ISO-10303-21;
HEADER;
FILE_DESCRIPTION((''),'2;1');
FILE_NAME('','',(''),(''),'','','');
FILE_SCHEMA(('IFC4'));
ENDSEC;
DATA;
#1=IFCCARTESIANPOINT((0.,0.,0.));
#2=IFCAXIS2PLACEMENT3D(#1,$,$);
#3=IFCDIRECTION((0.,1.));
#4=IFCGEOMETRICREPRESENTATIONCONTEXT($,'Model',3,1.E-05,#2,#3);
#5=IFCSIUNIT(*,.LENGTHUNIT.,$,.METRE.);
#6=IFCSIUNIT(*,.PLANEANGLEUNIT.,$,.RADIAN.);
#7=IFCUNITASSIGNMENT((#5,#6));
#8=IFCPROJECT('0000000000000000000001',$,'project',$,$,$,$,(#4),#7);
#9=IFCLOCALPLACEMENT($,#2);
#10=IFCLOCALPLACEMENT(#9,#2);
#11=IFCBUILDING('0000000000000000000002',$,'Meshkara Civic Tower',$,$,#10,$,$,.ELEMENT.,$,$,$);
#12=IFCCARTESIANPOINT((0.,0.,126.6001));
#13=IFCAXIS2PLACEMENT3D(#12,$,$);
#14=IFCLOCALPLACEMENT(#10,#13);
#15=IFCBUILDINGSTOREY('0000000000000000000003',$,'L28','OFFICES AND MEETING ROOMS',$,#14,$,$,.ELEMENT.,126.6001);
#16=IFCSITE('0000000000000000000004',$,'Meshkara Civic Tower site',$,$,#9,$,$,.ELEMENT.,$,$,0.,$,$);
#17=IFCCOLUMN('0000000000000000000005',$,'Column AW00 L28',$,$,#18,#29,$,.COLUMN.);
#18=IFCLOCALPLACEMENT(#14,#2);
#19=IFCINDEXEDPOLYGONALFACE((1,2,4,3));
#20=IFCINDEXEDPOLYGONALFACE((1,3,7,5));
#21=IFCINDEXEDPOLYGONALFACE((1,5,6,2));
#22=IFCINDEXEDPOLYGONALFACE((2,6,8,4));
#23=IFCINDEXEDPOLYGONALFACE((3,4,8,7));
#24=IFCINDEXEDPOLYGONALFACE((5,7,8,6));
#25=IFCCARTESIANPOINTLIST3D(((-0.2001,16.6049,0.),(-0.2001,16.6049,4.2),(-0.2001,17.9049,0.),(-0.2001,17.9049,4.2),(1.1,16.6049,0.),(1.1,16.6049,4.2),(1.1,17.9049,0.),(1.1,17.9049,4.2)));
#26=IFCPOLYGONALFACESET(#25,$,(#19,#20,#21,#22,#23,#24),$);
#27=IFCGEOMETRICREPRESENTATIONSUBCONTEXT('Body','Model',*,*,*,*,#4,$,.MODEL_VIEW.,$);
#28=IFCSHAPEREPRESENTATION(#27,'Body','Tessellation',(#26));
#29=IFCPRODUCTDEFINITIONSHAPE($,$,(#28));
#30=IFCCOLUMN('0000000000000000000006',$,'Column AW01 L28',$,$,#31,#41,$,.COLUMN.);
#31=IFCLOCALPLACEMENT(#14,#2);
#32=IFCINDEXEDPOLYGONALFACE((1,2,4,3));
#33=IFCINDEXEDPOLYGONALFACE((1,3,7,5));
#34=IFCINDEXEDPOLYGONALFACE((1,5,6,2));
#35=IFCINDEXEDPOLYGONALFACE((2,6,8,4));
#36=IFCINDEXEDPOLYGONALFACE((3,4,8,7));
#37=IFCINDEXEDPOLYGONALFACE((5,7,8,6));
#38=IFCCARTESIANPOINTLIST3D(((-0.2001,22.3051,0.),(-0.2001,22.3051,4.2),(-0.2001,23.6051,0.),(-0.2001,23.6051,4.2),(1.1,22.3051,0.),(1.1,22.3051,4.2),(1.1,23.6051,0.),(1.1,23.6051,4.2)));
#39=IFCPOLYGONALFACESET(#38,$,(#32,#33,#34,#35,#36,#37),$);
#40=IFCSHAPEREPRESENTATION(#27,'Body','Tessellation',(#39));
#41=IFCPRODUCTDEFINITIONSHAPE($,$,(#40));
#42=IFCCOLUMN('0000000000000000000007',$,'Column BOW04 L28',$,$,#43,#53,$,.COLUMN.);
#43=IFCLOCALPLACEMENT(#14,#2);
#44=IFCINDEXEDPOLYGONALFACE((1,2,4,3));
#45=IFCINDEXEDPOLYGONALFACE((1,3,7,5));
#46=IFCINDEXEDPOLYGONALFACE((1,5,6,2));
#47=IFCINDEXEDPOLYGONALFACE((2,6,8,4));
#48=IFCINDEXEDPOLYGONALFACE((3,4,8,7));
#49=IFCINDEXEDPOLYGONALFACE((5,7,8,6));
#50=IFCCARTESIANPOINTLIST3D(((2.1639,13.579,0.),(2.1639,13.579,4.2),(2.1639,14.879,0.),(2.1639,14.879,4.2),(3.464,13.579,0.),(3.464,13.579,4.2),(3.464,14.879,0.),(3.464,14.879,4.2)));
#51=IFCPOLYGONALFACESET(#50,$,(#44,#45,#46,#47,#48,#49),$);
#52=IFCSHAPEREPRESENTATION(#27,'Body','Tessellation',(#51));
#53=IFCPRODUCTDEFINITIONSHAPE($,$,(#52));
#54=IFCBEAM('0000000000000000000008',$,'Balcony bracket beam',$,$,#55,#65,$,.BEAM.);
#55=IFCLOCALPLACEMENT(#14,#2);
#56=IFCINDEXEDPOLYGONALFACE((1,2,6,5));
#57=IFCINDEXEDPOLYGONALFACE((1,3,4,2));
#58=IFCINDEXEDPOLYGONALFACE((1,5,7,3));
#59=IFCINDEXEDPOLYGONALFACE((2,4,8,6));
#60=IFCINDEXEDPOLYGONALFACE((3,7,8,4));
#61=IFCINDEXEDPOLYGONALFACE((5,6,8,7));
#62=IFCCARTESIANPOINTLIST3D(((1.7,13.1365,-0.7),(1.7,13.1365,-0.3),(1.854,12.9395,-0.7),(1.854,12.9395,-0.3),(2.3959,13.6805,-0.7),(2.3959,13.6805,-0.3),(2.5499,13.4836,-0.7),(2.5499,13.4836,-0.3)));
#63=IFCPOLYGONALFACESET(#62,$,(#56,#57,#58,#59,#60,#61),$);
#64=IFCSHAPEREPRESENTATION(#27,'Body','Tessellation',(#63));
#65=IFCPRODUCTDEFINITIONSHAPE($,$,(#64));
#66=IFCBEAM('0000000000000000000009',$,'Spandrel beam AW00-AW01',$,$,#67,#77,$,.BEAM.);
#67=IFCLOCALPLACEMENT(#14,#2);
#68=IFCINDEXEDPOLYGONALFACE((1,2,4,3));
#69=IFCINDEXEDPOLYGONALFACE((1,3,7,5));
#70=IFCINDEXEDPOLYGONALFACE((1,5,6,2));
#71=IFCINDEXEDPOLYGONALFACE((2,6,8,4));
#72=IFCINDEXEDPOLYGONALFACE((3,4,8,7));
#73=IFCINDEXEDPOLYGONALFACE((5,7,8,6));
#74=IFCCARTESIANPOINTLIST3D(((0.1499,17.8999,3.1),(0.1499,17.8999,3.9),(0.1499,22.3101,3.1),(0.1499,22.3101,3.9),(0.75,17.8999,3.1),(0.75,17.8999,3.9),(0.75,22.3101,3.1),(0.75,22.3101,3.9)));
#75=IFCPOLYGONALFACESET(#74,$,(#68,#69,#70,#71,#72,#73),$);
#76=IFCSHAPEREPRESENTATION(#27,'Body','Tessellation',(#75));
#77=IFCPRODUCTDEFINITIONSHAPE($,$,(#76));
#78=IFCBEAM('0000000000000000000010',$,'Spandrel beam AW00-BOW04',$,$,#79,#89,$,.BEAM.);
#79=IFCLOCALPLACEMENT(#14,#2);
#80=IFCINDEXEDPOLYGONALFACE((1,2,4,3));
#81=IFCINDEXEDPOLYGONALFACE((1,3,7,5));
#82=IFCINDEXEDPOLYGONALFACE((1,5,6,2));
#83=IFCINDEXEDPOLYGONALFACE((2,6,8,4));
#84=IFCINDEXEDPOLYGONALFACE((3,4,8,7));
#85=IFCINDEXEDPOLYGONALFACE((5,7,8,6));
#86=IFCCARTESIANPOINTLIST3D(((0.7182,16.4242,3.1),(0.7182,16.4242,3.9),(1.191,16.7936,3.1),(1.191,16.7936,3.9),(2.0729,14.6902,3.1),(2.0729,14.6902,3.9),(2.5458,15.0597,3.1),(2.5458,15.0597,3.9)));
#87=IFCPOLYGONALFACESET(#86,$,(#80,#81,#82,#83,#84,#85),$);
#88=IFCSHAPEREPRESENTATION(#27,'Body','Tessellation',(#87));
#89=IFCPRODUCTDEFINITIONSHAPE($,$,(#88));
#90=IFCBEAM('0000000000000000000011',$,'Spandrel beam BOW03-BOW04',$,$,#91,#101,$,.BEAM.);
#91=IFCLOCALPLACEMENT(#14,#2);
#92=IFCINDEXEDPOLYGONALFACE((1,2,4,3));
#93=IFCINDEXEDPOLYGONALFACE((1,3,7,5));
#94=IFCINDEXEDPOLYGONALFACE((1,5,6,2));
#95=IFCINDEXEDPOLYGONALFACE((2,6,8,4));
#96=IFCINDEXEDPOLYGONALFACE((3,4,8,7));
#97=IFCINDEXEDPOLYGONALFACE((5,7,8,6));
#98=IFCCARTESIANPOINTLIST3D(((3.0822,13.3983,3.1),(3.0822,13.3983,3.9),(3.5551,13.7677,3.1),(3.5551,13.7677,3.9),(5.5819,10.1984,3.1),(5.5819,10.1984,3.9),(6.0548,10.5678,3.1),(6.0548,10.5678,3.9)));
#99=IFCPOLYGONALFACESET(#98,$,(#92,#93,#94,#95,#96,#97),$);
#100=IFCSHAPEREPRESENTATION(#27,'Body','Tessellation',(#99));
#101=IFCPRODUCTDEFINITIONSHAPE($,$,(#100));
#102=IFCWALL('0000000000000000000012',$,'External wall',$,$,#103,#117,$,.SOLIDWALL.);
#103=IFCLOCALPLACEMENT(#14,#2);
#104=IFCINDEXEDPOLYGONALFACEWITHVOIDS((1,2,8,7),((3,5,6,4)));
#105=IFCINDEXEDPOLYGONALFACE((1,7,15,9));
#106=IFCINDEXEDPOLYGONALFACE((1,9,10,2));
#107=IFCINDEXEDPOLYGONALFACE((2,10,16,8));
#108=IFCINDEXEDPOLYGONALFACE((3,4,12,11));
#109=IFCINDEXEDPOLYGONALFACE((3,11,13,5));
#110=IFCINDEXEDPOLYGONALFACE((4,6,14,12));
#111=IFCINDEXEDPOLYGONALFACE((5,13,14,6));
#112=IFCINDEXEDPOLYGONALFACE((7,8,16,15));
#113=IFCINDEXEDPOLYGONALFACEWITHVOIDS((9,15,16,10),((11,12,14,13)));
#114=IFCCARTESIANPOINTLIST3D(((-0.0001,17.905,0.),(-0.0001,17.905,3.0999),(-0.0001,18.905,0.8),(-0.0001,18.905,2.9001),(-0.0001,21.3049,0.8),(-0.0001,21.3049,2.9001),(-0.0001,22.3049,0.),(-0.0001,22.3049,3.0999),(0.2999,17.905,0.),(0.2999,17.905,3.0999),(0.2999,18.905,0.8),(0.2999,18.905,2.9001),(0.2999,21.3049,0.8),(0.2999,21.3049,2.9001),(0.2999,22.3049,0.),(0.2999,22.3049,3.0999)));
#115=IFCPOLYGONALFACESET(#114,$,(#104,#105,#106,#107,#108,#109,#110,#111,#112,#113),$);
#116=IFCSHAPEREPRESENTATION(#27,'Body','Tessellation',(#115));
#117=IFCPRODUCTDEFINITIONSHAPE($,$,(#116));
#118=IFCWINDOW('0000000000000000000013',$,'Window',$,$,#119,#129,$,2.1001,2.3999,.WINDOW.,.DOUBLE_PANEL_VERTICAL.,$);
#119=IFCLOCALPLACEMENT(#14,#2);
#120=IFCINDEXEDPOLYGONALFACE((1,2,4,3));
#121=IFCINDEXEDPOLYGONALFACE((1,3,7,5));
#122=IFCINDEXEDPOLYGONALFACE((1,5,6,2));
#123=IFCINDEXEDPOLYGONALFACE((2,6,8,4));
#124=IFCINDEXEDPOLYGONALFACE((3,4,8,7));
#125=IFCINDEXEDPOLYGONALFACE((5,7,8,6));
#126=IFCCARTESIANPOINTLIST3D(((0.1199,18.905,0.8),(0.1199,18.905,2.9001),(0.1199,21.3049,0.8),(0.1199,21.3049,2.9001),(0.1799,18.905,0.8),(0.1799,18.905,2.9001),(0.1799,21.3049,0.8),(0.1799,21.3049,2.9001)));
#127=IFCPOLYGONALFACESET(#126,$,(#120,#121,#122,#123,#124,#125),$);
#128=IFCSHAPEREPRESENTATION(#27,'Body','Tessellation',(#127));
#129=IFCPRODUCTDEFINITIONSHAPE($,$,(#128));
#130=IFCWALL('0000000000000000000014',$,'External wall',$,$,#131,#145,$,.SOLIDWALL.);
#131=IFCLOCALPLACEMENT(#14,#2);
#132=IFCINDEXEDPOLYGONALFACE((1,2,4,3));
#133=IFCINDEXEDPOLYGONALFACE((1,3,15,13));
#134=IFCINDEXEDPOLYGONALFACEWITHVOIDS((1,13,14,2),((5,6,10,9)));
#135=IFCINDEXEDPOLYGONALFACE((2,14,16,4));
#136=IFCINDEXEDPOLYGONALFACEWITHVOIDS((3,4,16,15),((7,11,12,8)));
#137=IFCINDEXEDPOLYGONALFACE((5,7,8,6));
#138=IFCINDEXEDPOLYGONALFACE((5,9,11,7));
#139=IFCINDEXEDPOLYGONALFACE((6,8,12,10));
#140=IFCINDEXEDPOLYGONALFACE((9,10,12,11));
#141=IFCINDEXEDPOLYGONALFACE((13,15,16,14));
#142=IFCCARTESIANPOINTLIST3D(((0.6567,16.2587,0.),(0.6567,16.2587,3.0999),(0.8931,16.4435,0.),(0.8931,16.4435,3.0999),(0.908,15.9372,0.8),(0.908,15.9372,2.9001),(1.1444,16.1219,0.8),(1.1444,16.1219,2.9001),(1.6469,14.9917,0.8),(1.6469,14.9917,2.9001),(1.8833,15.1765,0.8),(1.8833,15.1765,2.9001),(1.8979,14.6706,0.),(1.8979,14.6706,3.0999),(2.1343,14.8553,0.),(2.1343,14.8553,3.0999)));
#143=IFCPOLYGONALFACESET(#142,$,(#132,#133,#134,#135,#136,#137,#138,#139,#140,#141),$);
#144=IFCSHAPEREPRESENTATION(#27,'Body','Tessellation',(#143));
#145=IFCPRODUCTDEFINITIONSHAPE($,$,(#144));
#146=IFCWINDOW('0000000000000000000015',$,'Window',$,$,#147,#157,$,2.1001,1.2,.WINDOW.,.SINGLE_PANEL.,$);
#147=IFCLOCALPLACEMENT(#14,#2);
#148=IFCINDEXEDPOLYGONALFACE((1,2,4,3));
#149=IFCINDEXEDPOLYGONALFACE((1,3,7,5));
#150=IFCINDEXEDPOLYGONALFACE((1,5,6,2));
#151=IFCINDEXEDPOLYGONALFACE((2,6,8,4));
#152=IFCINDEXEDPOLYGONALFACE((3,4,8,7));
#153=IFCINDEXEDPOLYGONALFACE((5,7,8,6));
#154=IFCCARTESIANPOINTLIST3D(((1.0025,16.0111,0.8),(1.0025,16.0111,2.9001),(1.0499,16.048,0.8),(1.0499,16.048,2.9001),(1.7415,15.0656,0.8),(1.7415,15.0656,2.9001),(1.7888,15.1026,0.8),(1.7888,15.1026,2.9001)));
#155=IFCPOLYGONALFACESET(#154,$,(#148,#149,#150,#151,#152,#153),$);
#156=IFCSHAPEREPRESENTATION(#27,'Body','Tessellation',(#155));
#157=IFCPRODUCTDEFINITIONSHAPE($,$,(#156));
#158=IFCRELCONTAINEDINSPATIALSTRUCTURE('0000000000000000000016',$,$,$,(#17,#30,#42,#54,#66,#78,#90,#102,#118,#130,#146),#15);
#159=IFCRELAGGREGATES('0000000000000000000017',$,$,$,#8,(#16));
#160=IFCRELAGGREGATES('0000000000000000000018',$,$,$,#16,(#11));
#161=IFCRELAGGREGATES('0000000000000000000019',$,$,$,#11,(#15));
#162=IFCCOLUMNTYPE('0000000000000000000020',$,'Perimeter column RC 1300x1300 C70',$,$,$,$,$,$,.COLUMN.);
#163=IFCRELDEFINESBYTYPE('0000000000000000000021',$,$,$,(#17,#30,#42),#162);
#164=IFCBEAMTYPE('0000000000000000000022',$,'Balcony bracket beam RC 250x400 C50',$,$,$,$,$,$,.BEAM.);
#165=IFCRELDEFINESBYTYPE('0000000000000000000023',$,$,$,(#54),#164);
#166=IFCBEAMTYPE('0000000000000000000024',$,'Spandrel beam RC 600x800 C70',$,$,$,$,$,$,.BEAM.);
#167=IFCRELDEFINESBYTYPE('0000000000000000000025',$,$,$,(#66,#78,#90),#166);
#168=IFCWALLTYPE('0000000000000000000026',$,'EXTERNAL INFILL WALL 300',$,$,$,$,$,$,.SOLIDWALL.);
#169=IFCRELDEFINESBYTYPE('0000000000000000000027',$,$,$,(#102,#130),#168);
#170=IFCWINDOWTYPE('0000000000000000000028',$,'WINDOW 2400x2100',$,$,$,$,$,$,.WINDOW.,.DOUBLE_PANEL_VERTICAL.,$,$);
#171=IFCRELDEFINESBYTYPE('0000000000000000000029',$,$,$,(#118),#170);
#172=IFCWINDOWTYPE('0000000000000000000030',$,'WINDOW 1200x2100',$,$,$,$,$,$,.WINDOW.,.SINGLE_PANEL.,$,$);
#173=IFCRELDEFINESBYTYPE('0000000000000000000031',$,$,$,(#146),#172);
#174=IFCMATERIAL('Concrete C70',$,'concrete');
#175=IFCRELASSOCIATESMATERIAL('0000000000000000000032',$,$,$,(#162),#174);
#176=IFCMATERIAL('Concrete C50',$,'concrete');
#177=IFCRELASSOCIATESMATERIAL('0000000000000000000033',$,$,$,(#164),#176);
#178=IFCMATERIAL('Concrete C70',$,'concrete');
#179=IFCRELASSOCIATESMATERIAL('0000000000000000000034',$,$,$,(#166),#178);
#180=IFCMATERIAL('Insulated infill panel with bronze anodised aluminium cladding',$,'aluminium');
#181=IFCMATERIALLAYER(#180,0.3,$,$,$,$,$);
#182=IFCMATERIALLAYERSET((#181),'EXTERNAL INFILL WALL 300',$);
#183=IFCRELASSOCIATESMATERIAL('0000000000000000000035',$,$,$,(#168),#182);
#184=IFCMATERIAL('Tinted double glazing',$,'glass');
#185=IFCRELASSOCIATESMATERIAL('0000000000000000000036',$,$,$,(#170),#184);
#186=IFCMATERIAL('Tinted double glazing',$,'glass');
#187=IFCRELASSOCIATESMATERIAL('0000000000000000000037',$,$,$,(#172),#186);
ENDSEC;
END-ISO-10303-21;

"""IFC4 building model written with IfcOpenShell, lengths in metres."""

from ifc_helpers import new_model, si_unit, direction, frame, frame_2d, origin, origin_2d, place, context, subcontext, project, spatial, rectangle, extrude, material, layer, layer_set, material_profile, profile_set, type_object, element, fill, save


model = new_model("IFC4")

# Units and contexts
model_context = context("Model", 3, precision=1e-05, world=origin(), true_north=direction((0.0, 1.0)))
body_context = subcontext(model_context, "Body", "Model", "MODEL_VIEW")
ifc_project = project(units=[si_unit("LENGTHUNIT", "METRE"), si_unit("PLANEANGLEUNIT", "RADIAN")], contexts=[model_context])

# Site, building, storey
site_placement = place(None, origin())
site = spatial("IfcSite", under=ifc_project, at=site_placement, Name="Meshkara Civic Tower site", CompositionType="ELEMENT", RefElevation=0.0)
building_placement = place(site_placement, origin())
building = spatial("IfcBuilding", under=site, at=building_placement, Name="Meshkara Civic Tower", CompositionType="ELEMENT")
storey_placement = place(building_placement, frame((0.0, 0.0, 126.6001)))
storey = spatial("IfcBuildingStorey", under=building, at=storey_placement, Name="L28", Description="OFFICES AND MEETING ROOMS", CompositionType="ELEMENT", Elevation=126.6001)

# Columns
ifc_material_1 = material(Name="Concrete C70", Category="concrete")
ifc_material_profile_1 = material_profile(ifc_material_1, rectangle(XDim=1.3, YDim=1.3, at=origin_2d()))
ifc_profile_set_1 = profile_set([ifc_material_profile_1], Name="Concrete C70")
column_type = type_object("IfcColumnType", Name="Perimeter column RC 1300x1300 C70", PredefinedType="COLUMN", material=ifc_profile_set_1)
for number, where, z_axis, x_axis, name in (
    (1, (0.45, 17.2549, 0.0), (0.0, 0.0, 1.0), (1.0, 0.0, 0.0), "Column AW00 L28"),
    (2, (0.45, 22.9551, 0.0), (0.0, 0.0, 1.0), (1.0, 0.0, 0.0), "Column AW01 L28"),
    (3, (2.814, 14.229, 0.0), (0.0, 0.0, 1.0), (1.0, 0.0, 0.0), "Column BOW04 L28"),
):
    element("IfcColumn", number, at=place(storey_placement, frame(where, z_axis=z_axis, x_axis=x_axis)), inside=storey, type_object=column_type, Name=name, PredefinedType="COLUMN", context=body_context, shape_type="SweptSolid", body=[
        extrude(rectangle(XDim=1.3, YDim=1.3, at=origin_2d()), origin(), (0.0, 0.0, 1.0), 4.2),
    ])

# Beams
ifc_material_2 = material(Name="Concrete C50", Category="concrete")
ifc_material_profile_2 = material_profile(ifc_material_2, rectangle(XDim=0.25, YDim=0.3999, at=origin_2d()))
ifc_profile_set_2 = profile_set([ifc_material_profile_2], Name="Concrete C50")
beam_type_1 = type_object("IfcBeamType", Name="Balcony bracket beam RC 250x400 C50", PredefinedType="BEAM", material=ifc_profile_set_2)
beam_1_placement = place(storey_placement, frame((2.4729, 13.582, -0.5), z_axis=(-0.787832, -0.615891, 0.0), x_axis=(0.615891, -0.787832, 0.0)))
element("IfcBeam", 4, at=beam_1_placement, inside=storey, type_object=beam_type_1, Name="Balcony bracket beam", PredefinedType="BEAM", context=body_context, shape_type="SweptSolid", body=[
    extrude(rectangle(XDim=0.25, YDim=0.3999, at=origin_2d()), origin(), (0.0, 0.0, 1.0), 0.8833),
])
ifc_material_3 = material(Name="Concrete C70", Category="concrete")
ifc_material_profile_3 = material_profile(ifc_material_3, rectangle(XDim=0.6001, YDim=0.8, at=origin_2d()))
ifc_profile_set_3 = profile_set([ifc_material_profile_3], Name="Concrete C70")
beam_type_2 = type_object("IfcBeamType", Name="Spandrel beam RC 600x800 C70", PredefinedType="BEAM", material=ifc_profile_set_3)
beam_2_placement = place(storey_placement, frame((0.45, 22.3101, 3.5), z_axis=(0.0, -1.0, 0.0), x_axis=(1.0, 0.0, 0.0)))
element("IfcBeam", 5, at=beam_2_placement, inside=storey, type_object=beam_type_2, Name="Spandrel beam AW00-AW01", PredefinedType="BEAM", context=body_context, shape_type="SweptSolid", body=[
    extrude(rectangle(XDim=0.6001, YDim=0.8, at=origin_2d()), origin(), (0.0, 0.0, 1.0), 4.4102),
])
beam_3_placement = place(storey_placement, frame((0.9546, 16.6089, 3.5), z_axis=(0.615683, -0.787994, 0.0), x_axis=(0.787994, 0.615683, 0.0)))
element("IfcBeam", 6, at=beam_3_placement, inside=storey, type_object=beam_type_2, Name="Spandrel beam AW00-BOW04", PredefinedType="BEAM", context=body_context, shape_type="SweptSolid", body=[
    extrude(rectangle(XDim=0.6001, YDim=0.8, at=origin_2d()), origin(), (0.0, 0.0, 1.0), 2.2004),
])
beam_4_placement = place(storey_placement, frame((3.3186, 13.583, 3.5), z_axis=(0.615613, -0.788049, 0.0), x_axis=(0.788049, 0.615613, 0.0)))
element("IfcBeam", 7, at=beam_4_placement, inside=storey, type_object=beam_type_2, Name="Spandrel beam BOW03-BOW04", PredefinedType="BEAM", context=body_context, shape_type="SweptSolid", body=[
    extrude(rectangle(XDim=0.6001, YDim=0.8, at=origin_2d()), origin(), (0.0, 0.0, 1.0), 4.0605),
])

# Walls, openings, windows
ifc_material_4 = material(Name="Insulated infill panel with bronze anodised aluminium cladding", Category="aluminium")
ifc_layer = layer(ifc_material_4, 0.3)
ifc_layer_set = layer_set([ifc_layer], Name="EXTERNAL INFILL WALL 300")
wall_type = type_object("IfcWallType", Name="EXTERNAL INFILL WALL 300", PredefinedType="SOLIDWALL", material=ifc_layer_set)
wall_1_placement = place(storey_placement, frame((0.1499, 22.3049, 0.0), z_axis=(0.0, 0.0, 1.0), x_axis=(0.0, -1.0, 0.0)))
wall_1 = element("IfcWall", 8, at=wall_1_placement, inside=storey, type_object=wall_type, Name="External wall", PredefinedType="SOLIDWALL", context=body_context, shape_type="SweptSolid", body=[
    extrude(rectangle(XDim=4.3999, YDim=0.3, at=frame_2d((2.2, 0.0))), origin(), (0.0, 0.0, 1.0), 3.0999),
])
opening_1_placement = place(wall_1_placement, frame((1.0, 0.0, 0.8)))
opening_1 = element("IfcOpeningElement", 9, at=opening_1_placement, cuts=wall_1, PredefinedType="OPENING", context=body_context, shape_type="SweptSolid", body=[
    extrude(rectangle(XDim=2.3999, YDim=2.1001, at=frame_2d((1.2, 1.05))), frame((0.0, 0.1599, 0.0), z_axis=(0.0, -1.0, 0.0), x_axis=(1.0, 0.0, 0.0)), (0.0, 0.0, 1.0), 0.3201),
])
ifc_material_5 = material(Name="Tinted double glazing", Category="glass")
window_type_1 = type_object("IfcWindowType", Name="WINDOW 2400x2100", PartitioningType="DOUBLE_PANEL_VERTICAL", PredefinedType="WINDOW", material=ifc_material_5)
window_1_placement = place(opening_1_placement, origin())
window_1 = element("IfcWindow", 10, at=window_1_placement, inside=storey, type_object=window_type_1, Name="Window", OverallHeight=2.1001, OverallWidth=2.3999, PartitioningType="DOUBLE_PANEL_VERTICAL", PredefinedType="WINDOW", context=body_context, shape_type="SweptSolid", body=[
    extrude(rectangle(XDim=2.3999, YDim=2.1001, at=frame_2d((1.2, 1.05))), frame((0.0, 0.03, 0.0), z_axis=(0.0, -1.0, 0.0), x_axis=(1.0, 0.0, 0.0)), (0.0, 0.0, 1.0), 0.0601),
])
fill(opening_1, window_1)
wall_2_placement = place(storey_placement, frame((0.7749, 16.3511, 0.0), z_axis=(0.0, 0.0, 1.0), x_axis=(0.615792, -0.787909, 0.0)))
wall_2 = element("IfcWall", 11, at=wall_2_placement, inside=storey, type_object=wall_type, Name="External wall", PredefinedType="SOLIDWALL", context=body_context, shape_type="SweptSolid", body=[
    extrude(rectangle(XDim=2.0156, YDim=0.3, at=frame_2d((1.0078, 0.0))), origin(), (0.0, 0.0, 1.0), 3.0999),
])
opening_2_placement = place(wall_2_placement, frame((0.408, 0.0, 0.8)))
opening_2 = element("IfcOpeningElement", 12, at=opening_2_placement, cuts=wall_2, PredefinedType="OPENING", context=body_context, shape_type="SweptSolid", body=[
    extrude(rectangle(XDim=1.2, YDim=2.1001, at=frame_2d((0.6001, 1.05))), frame((0.0, 0.1599, 0.0), z_axis=(0.0, -1.0, 0.0), x_axis=(1.0, 0.0, 0.0)), (0.0, 0.0, 1.0), 0.3201),
])
ifc_material_6 = material(Name="Tinted double glazing", Category="glass")
window_type_2 = type_object("IfcWindowType", Name="WINDOW 1200x2100", PartitioningType="SINGLE_PANEL", PredefinedType="WINDOW", material=ifc_material_6)
window_2_placement = place(opening_2_placement, origin())
window_2 = element("IfcWindow", 13, at=window_2_placement, inside=storey, type_object=window_type_2, Name="Window", OverallHeight=2.1001, OverallWidth=1.2, PartitioningType="SINGLE_PANEL", PredefinedType="WINDOW", context=body_context, shape_type="SweptSolid", body=[
    extrude(rectangle(XDim=1.2, YDim=2.1001, at=frame_2d((0.6001, 1.05))), frame((0.0, 0.03, 0.0), z_axis=(0.0, -1.0, 0.0), x_axis=(1.0, 0.0, 0.0)), (0.0, 0.0, 1.0), 0.0601),
])
fill(opening_2, window_2)

save(model, "model.ifc")
